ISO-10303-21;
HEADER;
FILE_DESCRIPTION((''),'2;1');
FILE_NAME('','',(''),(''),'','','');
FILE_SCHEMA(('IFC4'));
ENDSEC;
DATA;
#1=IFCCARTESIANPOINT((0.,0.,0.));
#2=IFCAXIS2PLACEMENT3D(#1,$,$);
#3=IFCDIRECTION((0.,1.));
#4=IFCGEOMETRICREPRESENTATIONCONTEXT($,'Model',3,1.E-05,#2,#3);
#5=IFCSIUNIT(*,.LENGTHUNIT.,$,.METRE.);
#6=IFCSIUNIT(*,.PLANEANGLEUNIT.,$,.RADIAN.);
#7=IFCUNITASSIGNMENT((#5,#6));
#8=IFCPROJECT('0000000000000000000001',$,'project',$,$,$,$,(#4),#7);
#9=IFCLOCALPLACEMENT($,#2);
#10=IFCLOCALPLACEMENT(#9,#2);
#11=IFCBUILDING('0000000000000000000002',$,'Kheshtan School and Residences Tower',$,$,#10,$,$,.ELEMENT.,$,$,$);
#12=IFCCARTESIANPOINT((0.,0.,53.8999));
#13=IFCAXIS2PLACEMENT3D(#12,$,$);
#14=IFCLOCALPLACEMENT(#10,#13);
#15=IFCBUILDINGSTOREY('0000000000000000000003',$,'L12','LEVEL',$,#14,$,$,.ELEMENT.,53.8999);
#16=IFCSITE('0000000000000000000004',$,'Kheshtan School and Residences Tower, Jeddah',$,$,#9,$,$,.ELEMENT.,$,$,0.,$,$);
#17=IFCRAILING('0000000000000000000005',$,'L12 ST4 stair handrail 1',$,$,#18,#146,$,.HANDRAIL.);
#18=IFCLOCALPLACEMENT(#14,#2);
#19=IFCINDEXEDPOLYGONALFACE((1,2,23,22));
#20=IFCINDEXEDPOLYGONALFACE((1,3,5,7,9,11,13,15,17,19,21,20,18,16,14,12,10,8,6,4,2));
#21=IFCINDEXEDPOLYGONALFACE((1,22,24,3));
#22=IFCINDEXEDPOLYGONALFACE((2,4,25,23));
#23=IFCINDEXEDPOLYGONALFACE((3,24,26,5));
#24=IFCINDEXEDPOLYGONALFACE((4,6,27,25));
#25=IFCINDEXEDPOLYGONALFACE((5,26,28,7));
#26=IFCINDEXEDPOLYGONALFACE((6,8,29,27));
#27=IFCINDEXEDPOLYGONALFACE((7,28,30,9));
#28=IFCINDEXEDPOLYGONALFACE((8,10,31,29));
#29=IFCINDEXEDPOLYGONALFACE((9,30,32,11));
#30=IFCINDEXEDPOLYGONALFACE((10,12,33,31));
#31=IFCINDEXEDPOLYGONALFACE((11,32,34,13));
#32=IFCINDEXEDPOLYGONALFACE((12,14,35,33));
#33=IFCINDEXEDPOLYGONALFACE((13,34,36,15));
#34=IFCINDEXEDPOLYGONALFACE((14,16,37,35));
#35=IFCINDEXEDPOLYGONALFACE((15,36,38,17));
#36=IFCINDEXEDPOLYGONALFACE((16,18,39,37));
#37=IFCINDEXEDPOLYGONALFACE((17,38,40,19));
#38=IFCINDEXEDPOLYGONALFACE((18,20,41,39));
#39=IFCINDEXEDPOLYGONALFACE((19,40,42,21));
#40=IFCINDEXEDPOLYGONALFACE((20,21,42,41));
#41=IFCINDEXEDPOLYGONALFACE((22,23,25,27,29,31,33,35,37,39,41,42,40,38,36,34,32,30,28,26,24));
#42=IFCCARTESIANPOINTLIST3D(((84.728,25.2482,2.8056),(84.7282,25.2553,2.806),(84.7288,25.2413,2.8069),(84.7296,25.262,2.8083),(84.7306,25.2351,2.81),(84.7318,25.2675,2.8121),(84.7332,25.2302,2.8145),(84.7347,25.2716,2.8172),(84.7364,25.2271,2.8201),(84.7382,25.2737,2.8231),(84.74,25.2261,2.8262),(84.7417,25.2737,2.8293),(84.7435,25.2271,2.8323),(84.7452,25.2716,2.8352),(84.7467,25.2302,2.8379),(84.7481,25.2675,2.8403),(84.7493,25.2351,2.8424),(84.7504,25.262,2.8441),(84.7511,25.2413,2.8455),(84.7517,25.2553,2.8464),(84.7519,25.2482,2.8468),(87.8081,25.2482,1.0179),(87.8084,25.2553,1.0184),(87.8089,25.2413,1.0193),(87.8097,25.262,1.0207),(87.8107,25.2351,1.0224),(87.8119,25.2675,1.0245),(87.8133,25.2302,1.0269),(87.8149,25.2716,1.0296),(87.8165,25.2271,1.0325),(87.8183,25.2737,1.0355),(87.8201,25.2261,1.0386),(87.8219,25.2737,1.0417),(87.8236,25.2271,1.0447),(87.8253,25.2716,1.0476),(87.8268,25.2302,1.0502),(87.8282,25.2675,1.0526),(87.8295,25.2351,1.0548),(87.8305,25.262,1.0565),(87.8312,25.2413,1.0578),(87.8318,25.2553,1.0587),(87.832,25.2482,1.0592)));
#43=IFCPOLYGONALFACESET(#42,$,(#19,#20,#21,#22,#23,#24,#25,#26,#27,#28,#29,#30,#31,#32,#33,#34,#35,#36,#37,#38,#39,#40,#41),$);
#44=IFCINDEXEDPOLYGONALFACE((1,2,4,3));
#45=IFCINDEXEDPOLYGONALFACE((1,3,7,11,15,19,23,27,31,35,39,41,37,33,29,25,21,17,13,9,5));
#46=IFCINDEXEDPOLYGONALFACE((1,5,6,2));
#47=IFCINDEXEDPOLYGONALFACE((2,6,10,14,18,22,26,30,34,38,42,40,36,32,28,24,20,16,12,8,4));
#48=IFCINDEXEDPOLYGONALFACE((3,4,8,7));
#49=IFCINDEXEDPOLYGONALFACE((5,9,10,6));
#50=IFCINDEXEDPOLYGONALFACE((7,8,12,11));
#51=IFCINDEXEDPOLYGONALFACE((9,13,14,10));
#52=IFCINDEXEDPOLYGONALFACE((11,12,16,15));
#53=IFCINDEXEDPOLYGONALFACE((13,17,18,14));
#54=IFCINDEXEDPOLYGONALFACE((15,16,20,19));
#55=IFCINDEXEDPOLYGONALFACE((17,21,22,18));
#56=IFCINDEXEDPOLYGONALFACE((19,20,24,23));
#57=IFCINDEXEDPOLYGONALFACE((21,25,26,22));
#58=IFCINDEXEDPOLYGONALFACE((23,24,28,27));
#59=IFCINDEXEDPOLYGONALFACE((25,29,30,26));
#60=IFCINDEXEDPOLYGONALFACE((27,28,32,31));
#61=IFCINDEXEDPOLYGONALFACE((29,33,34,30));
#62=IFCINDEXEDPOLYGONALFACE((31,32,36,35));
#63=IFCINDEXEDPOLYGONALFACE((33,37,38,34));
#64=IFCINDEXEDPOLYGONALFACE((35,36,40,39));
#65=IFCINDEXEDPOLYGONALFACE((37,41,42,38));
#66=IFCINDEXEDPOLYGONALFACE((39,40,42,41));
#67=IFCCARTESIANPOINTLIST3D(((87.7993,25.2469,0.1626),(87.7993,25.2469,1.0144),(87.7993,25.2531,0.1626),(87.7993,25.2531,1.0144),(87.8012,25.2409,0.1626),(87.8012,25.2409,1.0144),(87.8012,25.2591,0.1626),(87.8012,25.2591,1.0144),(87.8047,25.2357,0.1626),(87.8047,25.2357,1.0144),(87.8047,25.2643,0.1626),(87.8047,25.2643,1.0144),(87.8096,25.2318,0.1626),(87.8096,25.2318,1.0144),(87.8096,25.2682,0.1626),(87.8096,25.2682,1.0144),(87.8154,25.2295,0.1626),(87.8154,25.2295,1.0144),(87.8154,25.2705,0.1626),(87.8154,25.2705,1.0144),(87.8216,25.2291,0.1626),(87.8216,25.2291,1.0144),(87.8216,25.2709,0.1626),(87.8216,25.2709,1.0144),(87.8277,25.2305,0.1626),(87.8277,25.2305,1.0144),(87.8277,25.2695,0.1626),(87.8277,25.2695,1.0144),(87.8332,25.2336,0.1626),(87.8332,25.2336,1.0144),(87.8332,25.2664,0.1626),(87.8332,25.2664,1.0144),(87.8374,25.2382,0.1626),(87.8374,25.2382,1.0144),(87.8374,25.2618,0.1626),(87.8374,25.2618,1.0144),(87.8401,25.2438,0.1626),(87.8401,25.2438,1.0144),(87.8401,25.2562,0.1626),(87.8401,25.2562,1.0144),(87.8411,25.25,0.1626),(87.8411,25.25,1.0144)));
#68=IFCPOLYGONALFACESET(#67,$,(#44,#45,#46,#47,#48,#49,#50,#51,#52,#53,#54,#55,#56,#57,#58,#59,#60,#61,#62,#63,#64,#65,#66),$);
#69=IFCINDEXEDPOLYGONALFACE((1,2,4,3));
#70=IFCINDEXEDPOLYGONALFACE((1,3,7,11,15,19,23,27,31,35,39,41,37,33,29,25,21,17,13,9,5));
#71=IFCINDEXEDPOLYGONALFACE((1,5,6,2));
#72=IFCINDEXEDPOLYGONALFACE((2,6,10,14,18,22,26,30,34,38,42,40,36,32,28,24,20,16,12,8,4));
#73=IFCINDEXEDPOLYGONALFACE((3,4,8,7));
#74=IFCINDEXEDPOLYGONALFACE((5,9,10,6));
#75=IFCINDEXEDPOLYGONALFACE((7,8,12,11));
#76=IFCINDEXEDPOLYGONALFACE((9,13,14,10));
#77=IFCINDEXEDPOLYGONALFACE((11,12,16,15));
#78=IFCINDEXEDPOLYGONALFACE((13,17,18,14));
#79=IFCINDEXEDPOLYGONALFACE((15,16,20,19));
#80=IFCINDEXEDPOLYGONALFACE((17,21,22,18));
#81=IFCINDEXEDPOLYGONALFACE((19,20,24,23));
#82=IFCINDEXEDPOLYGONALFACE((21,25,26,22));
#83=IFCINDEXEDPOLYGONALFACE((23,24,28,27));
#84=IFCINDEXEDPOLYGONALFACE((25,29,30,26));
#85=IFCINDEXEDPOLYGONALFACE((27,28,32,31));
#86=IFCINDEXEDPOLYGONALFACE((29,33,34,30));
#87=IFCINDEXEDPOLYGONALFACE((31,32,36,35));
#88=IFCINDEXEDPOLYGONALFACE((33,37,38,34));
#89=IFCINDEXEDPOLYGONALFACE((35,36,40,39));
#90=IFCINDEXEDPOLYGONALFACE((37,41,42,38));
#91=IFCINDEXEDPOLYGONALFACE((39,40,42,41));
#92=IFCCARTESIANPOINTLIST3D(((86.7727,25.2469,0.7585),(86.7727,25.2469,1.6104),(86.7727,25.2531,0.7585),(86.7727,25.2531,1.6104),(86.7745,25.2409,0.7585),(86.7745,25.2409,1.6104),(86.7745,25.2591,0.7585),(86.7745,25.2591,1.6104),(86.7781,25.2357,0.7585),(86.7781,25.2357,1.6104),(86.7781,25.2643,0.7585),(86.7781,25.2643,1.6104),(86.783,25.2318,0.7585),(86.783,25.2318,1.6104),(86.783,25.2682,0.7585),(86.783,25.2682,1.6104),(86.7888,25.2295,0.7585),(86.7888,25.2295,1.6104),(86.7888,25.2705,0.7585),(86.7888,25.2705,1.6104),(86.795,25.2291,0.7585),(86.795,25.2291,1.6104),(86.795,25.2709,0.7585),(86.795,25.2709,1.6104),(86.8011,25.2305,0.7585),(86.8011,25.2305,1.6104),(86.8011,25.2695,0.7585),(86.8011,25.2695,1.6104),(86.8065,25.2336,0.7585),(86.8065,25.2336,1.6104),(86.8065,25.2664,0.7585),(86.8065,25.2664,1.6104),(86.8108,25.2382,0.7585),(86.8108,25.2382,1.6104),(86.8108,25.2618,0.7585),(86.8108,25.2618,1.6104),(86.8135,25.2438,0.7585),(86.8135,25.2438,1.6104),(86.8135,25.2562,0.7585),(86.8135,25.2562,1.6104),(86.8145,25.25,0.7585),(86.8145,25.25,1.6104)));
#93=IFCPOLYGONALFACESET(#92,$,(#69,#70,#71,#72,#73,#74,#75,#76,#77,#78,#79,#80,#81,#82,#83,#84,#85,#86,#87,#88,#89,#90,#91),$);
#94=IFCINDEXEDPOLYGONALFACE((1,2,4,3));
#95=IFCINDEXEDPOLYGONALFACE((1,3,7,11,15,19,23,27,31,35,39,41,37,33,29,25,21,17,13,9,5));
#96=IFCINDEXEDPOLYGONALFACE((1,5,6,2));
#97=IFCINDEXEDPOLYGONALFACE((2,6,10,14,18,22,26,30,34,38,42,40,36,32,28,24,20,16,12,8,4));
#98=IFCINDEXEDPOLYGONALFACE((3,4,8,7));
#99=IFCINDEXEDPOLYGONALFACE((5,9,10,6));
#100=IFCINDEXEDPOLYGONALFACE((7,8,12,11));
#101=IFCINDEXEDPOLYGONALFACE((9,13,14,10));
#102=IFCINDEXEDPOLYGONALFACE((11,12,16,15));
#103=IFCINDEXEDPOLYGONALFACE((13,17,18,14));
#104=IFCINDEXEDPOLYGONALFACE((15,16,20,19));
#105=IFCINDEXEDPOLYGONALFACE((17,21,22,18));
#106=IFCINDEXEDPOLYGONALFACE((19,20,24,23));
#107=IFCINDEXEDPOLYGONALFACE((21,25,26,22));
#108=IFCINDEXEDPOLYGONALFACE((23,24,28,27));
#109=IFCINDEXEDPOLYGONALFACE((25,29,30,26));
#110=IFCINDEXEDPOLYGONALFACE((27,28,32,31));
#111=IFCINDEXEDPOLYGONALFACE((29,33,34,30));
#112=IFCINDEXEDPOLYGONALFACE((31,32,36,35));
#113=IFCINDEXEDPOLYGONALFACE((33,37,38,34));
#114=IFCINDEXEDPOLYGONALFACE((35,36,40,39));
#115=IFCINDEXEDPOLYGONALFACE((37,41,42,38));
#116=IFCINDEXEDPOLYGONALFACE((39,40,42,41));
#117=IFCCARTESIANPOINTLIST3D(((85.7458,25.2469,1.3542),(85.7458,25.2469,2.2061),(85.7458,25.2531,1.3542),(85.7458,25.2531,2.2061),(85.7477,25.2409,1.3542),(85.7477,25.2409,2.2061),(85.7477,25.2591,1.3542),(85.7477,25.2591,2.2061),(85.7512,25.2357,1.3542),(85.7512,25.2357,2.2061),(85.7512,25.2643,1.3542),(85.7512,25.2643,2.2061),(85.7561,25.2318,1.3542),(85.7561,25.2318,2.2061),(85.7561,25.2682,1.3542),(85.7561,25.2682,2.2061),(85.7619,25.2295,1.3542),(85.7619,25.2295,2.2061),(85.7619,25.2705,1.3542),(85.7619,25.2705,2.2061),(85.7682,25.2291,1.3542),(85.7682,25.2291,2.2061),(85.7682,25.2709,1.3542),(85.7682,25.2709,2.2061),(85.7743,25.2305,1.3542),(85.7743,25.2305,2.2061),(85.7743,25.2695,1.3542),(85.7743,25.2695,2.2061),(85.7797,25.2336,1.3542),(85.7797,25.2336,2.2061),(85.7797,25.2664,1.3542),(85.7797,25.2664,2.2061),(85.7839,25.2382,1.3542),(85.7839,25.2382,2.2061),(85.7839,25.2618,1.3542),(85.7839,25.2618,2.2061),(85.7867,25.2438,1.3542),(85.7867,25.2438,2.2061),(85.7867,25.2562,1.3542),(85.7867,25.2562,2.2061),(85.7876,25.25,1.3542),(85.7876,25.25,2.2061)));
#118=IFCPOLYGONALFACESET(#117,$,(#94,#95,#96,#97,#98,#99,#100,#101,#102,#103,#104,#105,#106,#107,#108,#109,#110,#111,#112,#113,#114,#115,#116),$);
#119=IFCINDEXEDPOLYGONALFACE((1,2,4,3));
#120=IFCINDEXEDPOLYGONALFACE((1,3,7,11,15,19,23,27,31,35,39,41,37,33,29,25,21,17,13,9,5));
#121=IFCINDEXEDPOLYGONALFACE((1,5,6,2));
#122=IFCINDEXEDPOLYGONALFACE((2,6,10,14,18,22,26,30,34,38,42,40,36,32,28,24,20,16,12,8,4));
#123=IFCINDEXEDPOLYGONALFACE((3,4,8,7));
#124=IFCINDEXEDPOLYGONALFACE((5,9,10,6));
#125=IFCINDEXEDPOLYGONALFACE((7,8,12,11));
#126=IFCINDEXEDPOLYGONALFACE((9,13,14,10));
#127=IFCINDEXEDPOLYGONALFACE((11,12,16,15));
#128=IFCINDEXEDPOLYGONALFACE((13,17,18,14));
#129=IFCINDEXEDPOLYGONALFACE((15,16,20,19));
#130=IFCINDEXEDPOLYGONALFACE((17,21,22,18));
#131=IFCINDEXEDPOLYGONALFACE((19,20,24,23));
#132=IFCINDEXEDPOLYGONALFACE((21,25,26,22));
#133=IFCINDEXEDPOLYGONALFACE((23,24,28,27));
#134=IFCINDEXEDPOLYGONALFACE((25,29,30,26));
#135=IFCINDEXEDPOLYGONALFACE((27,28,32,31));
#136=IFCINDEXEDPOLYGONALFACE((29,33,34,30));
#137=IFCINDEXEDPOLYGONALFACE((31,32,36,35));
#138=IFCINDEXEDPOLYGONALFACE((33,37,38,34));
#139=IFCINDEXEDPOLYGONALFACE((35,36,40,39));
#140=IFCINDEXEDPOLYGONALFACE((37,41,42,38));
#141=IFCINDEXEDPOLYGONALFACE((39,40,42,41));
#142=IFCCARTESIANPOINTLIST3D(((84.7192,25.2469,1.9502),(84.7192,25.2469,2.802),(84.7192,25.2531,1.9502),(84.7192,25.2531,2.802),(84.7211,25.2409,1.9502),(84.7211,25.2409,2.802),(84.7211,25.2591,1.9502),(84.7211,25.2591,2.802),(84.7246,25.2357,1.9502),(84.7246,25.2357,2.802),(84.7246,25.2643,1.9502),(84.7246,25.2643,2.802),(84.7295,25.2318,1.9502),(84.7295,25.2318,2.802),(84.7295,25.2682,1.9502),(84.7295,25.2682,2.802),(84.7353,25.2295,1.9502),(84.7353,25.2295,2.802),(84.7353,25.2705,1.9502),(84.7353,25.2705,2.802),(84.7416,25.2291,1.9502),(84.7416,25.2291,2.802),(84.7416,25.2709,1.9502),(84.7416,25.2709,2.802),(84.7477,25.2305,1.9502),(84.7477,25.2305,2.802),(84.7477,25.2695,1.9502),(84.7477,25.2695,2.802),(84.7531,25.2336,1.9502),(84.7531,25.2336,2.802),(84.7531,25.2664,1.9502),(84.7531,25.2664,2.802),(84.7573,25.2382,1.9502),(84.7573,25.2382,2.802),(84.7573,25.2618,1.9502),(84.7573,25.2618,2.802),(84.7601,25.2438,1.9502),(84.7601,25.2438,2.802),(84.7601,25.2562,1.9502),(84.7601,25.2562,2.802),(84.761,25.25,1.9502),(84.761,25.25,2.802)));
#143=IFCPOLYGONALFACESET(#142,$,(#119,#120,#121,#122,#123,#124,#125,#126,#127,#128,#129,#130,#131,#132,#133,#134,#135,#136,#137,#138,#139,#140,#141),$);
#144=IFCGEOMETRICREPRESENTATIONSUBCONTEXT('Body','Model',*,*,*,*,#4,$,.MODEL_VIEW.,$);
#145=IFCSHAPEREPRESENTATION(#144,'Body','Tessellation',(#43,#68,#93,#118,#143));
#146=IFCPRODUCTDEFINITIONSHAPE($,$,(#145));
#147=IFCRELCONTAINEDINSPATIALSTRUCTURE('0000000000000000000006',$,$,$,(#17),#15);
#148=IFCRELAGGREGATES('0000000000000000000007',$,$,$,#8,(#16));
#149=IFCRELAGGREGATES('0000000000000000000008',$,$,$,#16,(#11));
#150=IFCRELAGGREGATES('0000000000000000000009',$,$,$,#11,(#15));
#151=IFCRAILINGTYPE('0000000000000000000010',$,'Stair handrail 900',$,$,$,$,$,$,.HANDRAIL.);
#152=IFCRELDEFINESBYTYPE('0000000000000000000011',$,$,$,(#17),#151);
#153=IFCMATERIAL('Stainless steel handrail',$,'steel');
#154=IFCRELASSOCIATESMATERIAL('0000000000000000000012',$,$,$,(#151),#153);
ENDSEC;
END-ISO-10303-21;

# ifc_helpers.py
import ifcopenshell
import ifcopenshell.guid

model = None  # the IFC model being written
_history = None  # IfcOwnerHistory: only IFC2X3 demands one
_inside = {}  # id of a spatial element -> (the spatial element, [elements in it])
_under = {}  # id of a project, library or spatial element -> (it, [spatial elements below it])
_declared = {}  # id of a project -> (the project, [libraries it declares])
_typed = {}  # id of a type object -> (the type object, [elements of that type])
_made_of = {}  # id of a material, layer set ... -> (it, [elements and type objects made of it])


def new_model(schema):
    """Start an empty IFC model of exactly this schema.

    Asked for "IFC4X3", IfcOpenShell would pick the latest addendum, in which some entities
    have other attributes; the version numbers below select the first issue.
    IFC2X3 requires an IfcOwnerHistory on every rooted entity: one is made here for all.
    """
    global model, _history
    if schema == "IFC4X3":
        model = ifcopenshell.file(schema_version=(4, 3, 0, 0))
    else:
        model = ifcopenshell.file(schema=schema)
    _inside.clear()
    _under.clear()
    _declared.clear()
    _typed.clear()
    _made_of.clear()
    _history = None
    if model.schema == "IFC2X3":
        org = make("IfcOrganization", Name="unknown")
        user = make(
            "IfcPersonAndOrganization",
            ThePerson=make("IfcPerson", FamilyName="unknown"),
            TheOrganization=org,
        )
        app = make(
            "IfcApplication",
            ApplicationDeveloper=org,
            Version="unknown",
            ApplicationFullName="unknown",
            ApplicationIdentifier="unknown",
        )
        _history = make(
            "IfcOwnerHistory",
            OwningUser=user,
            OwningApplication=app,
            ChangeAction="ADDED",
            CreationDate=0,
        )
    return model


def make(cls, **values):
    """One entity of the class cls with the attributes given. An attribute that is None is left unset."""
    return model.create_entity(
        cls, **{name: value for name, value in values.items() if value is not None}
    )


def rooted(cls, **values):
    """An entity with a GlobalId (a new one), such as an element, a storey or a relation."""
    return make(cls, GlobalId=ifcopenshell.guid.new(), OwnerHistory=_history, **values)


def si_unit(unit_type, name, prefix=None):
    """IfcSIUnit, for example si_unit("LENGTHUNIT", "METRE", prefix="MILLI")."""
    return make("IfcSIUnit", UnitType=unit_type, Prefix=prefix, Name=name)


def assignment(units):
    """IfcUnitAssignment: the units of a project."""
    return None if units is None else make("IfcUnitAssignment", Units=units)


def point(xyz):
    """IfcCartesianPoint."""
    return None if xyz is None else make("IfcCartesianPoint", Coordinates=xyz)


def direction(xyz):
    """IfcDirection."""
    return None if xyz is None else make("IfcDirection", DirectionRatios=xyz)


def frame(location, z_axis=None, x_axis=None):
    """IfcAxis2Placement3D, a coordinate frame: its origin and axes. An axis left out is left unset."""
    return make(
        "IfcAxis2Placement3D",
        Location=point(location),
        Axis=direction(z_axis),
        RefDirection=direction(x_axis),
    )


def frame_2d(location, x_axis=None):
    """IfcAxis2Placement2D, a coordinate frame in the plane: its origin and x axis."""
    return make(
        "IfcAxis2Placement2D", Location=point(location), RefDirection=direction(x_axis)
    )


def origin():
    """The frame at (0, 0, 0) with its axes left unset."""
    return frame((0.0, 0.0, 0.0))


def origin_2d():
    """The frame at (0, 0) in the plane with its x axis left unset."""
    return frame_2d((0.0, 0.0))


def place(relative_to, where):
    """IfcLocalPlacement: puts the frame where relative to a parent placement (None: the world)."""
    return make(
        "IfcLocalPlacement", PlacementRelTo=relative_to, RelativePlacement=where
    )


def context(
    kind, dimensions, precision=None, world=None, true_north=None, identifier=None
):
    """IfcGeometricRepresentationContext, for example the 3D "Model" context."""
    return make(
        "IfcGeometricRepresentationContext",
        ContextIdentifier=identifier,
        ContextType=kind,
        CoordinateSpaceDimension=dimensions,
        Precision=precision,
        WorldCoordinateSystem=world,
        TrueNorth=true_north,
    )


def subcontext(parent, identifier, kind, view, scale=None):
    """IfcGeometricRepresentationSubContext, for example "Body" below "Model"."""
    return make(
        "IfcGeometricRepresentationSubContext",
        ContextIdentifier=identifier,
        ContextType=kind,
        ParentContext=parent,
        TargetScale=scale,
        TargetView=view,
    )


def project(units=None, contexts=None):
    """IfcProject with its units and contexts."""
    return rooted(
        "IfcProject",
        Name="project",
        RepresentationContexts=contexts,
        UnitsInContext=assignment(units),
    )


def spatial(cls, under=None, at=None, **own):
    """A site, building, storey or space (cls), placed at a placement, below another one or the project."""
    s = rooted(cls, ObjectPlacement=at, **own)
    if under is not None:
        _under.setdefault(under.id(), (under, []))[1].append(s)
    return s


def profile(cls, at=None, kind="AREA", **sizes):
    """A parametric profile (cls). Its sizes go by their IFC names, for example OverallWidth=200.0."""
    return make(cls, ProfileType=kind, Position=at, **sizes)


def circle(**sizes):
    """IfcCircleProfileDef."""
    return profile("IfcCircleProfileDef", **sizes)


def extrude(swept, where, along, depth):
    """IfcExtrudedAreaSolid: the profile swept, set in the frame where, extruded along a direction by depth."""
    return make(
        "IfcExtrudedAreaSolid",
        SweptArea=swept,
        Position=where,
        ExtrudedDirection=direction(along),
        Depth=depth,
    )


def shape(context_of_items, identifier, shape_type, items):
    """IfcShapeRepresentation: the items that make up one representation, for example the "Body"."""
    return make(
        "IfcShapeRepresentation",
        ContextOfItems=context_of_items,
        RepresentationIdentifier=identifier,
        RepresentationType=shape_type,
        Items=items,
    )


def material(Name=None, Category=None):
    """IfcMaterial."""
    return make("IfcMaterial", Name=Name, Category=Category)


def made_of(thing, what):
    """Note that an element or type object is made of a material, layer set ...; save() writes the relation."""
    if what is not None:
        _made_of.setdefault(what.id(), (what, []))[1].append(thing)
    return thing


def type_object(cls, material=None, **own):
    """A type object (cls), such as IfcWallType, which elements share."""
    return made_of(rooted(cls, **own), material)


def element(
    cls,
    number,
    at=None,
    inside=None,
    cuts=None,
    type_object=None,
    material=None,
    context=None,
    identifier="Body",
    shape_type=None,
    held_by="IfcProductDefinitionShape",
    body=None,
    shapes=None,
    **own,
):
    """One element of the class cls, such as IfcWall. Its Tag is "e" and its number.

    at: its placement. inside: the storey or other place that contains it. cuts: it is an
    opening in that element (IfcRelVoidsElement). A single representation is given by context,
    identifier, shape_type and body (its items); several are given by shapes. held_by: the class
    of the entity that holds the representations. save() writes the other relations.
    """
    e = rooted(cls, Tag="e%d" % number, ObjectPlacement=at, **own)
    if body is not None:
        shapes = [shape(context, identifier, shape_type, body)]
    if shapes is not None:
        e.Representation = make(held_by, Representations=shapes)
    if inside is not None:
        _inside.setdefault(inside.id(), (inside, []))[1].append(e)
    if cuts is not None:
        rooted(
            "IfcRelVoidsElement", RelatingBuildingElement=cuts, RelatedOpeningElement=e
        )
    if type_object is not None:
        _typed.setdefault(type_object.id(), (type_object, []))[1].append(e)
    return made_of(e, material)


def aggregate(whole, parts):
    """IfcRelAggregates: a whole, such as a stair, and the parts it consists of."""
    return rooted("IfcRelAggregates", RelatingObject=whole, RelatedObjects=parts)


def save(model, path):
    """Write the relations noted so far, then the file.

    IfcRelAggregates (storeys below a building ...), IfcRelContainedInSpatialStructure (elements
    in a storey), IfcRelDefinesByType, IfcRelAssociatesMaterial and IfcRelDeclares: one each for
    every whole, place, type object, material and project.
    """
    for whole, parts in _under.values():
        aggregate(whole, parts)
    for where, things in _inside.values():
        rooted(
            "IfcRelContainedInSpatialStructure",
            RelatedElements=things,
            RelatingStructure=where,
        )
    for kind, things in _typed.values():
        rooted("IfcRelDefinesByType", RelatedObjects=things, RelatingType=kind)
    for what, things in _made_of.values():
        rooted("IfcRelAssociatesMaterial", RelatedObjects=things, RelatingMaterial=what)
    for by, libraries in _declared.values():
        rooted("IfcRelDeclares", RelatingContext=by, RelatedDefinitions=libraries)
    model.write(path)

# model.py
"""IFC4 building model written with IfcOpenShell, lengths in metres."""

from ifc_helpers import new_model, si_unit, direction, frame, origin, origin_2d, place, context, subcontext, project, spatial, circle, extrude, material, type_object, element, save


model = new_model("IFC4")

# Units and contexts
model_context = context("Model", 3, precision=1e-05, world=origin(), true_north=direction((0.0, 1.0)))
body_context = subcontext(model_context, "Body", "Model", "MODEL_VIEW")
ifc_project = project(units=[si_unit("LENGTHUNIT", "METRE"), si_unit("PLANEANGLEUNIT", "RADIAN")], contexts=[model_context])

# Site, building, storey
site_placement = place(None, origin())
site = spatial("IfcSite", under=ifc_project, at=site_placement, Name="Kheshtan School and Residences Tower, Jeddah", CompositionType="ELEMENT", RefElevation=0.0)
building_placement = place(site_placement, origin())
building = spatial("IfcBuilding", under=site, at=building_placement, Name="Kheshtan School and Residences Tower", CompositionType="ELEMENT")
storey_placement = place(building_placement, frame((0.0, 0.0, 53.8999)))
storey = spatial("IfcBuildingStorey", under=building, at=storey_placement, Name="L12", Description="LEVEL", CompositionType="ELEMENT", Elevation=53.8999)

# Railing
ifc_material_1 = material(Name="Stainless steel handrail", Category="steel")
railing_type_1 = type_object("IfcRailingType", Name="Stair handrail 900", PredefinedType="HANDRAIL", material=ifc_material_1)
railing_1_placement = place(storey_placement, frame((87.8201, 25.25, 0.1626)))
element("IfcRailing", 1, at=railing_1_placement, inside=storey, type_object=railing_type_1, Name="L12 ST4 stair handrail 1", PredefinedType="HANDRAIL", context=body_context, shape_type="SweptSolid", body=[
    extrude(circle(Radius=0.0239, at=origin_2d()), frame((0.0, 0.0, 0.876), z_axis=(-0.864891, 0.0, 0.50196), x_axis=(0.0, -1.0, 0.0)), (0.0, 0.0, 1.0), 3.5613),
    extrude(circle(Radius=0.021, at=origin_2d()), origin(), (0.0, 0.0, 1.0), 0.8518),
    extrude(circle(Radius=0.021, at=origin_2d()), frame((-1.0266, 0.0, 0.5959)), (0.0, 0.0, 1.0), 0.8518),
    extrude(circle(Radius=0.021, at=origin_2d()), frame((-2.0535, 0.0, 1.1917)), (0.0, 0.0, 1.0), 0.8518),
    extrude(circle(Radius=0.021, at=origin_2d()), frame((-3.0801, 0.0, 1.7876)), (0.0, 0.0, 1.0), 0.8518),
])

save(model, "model.ifc")
